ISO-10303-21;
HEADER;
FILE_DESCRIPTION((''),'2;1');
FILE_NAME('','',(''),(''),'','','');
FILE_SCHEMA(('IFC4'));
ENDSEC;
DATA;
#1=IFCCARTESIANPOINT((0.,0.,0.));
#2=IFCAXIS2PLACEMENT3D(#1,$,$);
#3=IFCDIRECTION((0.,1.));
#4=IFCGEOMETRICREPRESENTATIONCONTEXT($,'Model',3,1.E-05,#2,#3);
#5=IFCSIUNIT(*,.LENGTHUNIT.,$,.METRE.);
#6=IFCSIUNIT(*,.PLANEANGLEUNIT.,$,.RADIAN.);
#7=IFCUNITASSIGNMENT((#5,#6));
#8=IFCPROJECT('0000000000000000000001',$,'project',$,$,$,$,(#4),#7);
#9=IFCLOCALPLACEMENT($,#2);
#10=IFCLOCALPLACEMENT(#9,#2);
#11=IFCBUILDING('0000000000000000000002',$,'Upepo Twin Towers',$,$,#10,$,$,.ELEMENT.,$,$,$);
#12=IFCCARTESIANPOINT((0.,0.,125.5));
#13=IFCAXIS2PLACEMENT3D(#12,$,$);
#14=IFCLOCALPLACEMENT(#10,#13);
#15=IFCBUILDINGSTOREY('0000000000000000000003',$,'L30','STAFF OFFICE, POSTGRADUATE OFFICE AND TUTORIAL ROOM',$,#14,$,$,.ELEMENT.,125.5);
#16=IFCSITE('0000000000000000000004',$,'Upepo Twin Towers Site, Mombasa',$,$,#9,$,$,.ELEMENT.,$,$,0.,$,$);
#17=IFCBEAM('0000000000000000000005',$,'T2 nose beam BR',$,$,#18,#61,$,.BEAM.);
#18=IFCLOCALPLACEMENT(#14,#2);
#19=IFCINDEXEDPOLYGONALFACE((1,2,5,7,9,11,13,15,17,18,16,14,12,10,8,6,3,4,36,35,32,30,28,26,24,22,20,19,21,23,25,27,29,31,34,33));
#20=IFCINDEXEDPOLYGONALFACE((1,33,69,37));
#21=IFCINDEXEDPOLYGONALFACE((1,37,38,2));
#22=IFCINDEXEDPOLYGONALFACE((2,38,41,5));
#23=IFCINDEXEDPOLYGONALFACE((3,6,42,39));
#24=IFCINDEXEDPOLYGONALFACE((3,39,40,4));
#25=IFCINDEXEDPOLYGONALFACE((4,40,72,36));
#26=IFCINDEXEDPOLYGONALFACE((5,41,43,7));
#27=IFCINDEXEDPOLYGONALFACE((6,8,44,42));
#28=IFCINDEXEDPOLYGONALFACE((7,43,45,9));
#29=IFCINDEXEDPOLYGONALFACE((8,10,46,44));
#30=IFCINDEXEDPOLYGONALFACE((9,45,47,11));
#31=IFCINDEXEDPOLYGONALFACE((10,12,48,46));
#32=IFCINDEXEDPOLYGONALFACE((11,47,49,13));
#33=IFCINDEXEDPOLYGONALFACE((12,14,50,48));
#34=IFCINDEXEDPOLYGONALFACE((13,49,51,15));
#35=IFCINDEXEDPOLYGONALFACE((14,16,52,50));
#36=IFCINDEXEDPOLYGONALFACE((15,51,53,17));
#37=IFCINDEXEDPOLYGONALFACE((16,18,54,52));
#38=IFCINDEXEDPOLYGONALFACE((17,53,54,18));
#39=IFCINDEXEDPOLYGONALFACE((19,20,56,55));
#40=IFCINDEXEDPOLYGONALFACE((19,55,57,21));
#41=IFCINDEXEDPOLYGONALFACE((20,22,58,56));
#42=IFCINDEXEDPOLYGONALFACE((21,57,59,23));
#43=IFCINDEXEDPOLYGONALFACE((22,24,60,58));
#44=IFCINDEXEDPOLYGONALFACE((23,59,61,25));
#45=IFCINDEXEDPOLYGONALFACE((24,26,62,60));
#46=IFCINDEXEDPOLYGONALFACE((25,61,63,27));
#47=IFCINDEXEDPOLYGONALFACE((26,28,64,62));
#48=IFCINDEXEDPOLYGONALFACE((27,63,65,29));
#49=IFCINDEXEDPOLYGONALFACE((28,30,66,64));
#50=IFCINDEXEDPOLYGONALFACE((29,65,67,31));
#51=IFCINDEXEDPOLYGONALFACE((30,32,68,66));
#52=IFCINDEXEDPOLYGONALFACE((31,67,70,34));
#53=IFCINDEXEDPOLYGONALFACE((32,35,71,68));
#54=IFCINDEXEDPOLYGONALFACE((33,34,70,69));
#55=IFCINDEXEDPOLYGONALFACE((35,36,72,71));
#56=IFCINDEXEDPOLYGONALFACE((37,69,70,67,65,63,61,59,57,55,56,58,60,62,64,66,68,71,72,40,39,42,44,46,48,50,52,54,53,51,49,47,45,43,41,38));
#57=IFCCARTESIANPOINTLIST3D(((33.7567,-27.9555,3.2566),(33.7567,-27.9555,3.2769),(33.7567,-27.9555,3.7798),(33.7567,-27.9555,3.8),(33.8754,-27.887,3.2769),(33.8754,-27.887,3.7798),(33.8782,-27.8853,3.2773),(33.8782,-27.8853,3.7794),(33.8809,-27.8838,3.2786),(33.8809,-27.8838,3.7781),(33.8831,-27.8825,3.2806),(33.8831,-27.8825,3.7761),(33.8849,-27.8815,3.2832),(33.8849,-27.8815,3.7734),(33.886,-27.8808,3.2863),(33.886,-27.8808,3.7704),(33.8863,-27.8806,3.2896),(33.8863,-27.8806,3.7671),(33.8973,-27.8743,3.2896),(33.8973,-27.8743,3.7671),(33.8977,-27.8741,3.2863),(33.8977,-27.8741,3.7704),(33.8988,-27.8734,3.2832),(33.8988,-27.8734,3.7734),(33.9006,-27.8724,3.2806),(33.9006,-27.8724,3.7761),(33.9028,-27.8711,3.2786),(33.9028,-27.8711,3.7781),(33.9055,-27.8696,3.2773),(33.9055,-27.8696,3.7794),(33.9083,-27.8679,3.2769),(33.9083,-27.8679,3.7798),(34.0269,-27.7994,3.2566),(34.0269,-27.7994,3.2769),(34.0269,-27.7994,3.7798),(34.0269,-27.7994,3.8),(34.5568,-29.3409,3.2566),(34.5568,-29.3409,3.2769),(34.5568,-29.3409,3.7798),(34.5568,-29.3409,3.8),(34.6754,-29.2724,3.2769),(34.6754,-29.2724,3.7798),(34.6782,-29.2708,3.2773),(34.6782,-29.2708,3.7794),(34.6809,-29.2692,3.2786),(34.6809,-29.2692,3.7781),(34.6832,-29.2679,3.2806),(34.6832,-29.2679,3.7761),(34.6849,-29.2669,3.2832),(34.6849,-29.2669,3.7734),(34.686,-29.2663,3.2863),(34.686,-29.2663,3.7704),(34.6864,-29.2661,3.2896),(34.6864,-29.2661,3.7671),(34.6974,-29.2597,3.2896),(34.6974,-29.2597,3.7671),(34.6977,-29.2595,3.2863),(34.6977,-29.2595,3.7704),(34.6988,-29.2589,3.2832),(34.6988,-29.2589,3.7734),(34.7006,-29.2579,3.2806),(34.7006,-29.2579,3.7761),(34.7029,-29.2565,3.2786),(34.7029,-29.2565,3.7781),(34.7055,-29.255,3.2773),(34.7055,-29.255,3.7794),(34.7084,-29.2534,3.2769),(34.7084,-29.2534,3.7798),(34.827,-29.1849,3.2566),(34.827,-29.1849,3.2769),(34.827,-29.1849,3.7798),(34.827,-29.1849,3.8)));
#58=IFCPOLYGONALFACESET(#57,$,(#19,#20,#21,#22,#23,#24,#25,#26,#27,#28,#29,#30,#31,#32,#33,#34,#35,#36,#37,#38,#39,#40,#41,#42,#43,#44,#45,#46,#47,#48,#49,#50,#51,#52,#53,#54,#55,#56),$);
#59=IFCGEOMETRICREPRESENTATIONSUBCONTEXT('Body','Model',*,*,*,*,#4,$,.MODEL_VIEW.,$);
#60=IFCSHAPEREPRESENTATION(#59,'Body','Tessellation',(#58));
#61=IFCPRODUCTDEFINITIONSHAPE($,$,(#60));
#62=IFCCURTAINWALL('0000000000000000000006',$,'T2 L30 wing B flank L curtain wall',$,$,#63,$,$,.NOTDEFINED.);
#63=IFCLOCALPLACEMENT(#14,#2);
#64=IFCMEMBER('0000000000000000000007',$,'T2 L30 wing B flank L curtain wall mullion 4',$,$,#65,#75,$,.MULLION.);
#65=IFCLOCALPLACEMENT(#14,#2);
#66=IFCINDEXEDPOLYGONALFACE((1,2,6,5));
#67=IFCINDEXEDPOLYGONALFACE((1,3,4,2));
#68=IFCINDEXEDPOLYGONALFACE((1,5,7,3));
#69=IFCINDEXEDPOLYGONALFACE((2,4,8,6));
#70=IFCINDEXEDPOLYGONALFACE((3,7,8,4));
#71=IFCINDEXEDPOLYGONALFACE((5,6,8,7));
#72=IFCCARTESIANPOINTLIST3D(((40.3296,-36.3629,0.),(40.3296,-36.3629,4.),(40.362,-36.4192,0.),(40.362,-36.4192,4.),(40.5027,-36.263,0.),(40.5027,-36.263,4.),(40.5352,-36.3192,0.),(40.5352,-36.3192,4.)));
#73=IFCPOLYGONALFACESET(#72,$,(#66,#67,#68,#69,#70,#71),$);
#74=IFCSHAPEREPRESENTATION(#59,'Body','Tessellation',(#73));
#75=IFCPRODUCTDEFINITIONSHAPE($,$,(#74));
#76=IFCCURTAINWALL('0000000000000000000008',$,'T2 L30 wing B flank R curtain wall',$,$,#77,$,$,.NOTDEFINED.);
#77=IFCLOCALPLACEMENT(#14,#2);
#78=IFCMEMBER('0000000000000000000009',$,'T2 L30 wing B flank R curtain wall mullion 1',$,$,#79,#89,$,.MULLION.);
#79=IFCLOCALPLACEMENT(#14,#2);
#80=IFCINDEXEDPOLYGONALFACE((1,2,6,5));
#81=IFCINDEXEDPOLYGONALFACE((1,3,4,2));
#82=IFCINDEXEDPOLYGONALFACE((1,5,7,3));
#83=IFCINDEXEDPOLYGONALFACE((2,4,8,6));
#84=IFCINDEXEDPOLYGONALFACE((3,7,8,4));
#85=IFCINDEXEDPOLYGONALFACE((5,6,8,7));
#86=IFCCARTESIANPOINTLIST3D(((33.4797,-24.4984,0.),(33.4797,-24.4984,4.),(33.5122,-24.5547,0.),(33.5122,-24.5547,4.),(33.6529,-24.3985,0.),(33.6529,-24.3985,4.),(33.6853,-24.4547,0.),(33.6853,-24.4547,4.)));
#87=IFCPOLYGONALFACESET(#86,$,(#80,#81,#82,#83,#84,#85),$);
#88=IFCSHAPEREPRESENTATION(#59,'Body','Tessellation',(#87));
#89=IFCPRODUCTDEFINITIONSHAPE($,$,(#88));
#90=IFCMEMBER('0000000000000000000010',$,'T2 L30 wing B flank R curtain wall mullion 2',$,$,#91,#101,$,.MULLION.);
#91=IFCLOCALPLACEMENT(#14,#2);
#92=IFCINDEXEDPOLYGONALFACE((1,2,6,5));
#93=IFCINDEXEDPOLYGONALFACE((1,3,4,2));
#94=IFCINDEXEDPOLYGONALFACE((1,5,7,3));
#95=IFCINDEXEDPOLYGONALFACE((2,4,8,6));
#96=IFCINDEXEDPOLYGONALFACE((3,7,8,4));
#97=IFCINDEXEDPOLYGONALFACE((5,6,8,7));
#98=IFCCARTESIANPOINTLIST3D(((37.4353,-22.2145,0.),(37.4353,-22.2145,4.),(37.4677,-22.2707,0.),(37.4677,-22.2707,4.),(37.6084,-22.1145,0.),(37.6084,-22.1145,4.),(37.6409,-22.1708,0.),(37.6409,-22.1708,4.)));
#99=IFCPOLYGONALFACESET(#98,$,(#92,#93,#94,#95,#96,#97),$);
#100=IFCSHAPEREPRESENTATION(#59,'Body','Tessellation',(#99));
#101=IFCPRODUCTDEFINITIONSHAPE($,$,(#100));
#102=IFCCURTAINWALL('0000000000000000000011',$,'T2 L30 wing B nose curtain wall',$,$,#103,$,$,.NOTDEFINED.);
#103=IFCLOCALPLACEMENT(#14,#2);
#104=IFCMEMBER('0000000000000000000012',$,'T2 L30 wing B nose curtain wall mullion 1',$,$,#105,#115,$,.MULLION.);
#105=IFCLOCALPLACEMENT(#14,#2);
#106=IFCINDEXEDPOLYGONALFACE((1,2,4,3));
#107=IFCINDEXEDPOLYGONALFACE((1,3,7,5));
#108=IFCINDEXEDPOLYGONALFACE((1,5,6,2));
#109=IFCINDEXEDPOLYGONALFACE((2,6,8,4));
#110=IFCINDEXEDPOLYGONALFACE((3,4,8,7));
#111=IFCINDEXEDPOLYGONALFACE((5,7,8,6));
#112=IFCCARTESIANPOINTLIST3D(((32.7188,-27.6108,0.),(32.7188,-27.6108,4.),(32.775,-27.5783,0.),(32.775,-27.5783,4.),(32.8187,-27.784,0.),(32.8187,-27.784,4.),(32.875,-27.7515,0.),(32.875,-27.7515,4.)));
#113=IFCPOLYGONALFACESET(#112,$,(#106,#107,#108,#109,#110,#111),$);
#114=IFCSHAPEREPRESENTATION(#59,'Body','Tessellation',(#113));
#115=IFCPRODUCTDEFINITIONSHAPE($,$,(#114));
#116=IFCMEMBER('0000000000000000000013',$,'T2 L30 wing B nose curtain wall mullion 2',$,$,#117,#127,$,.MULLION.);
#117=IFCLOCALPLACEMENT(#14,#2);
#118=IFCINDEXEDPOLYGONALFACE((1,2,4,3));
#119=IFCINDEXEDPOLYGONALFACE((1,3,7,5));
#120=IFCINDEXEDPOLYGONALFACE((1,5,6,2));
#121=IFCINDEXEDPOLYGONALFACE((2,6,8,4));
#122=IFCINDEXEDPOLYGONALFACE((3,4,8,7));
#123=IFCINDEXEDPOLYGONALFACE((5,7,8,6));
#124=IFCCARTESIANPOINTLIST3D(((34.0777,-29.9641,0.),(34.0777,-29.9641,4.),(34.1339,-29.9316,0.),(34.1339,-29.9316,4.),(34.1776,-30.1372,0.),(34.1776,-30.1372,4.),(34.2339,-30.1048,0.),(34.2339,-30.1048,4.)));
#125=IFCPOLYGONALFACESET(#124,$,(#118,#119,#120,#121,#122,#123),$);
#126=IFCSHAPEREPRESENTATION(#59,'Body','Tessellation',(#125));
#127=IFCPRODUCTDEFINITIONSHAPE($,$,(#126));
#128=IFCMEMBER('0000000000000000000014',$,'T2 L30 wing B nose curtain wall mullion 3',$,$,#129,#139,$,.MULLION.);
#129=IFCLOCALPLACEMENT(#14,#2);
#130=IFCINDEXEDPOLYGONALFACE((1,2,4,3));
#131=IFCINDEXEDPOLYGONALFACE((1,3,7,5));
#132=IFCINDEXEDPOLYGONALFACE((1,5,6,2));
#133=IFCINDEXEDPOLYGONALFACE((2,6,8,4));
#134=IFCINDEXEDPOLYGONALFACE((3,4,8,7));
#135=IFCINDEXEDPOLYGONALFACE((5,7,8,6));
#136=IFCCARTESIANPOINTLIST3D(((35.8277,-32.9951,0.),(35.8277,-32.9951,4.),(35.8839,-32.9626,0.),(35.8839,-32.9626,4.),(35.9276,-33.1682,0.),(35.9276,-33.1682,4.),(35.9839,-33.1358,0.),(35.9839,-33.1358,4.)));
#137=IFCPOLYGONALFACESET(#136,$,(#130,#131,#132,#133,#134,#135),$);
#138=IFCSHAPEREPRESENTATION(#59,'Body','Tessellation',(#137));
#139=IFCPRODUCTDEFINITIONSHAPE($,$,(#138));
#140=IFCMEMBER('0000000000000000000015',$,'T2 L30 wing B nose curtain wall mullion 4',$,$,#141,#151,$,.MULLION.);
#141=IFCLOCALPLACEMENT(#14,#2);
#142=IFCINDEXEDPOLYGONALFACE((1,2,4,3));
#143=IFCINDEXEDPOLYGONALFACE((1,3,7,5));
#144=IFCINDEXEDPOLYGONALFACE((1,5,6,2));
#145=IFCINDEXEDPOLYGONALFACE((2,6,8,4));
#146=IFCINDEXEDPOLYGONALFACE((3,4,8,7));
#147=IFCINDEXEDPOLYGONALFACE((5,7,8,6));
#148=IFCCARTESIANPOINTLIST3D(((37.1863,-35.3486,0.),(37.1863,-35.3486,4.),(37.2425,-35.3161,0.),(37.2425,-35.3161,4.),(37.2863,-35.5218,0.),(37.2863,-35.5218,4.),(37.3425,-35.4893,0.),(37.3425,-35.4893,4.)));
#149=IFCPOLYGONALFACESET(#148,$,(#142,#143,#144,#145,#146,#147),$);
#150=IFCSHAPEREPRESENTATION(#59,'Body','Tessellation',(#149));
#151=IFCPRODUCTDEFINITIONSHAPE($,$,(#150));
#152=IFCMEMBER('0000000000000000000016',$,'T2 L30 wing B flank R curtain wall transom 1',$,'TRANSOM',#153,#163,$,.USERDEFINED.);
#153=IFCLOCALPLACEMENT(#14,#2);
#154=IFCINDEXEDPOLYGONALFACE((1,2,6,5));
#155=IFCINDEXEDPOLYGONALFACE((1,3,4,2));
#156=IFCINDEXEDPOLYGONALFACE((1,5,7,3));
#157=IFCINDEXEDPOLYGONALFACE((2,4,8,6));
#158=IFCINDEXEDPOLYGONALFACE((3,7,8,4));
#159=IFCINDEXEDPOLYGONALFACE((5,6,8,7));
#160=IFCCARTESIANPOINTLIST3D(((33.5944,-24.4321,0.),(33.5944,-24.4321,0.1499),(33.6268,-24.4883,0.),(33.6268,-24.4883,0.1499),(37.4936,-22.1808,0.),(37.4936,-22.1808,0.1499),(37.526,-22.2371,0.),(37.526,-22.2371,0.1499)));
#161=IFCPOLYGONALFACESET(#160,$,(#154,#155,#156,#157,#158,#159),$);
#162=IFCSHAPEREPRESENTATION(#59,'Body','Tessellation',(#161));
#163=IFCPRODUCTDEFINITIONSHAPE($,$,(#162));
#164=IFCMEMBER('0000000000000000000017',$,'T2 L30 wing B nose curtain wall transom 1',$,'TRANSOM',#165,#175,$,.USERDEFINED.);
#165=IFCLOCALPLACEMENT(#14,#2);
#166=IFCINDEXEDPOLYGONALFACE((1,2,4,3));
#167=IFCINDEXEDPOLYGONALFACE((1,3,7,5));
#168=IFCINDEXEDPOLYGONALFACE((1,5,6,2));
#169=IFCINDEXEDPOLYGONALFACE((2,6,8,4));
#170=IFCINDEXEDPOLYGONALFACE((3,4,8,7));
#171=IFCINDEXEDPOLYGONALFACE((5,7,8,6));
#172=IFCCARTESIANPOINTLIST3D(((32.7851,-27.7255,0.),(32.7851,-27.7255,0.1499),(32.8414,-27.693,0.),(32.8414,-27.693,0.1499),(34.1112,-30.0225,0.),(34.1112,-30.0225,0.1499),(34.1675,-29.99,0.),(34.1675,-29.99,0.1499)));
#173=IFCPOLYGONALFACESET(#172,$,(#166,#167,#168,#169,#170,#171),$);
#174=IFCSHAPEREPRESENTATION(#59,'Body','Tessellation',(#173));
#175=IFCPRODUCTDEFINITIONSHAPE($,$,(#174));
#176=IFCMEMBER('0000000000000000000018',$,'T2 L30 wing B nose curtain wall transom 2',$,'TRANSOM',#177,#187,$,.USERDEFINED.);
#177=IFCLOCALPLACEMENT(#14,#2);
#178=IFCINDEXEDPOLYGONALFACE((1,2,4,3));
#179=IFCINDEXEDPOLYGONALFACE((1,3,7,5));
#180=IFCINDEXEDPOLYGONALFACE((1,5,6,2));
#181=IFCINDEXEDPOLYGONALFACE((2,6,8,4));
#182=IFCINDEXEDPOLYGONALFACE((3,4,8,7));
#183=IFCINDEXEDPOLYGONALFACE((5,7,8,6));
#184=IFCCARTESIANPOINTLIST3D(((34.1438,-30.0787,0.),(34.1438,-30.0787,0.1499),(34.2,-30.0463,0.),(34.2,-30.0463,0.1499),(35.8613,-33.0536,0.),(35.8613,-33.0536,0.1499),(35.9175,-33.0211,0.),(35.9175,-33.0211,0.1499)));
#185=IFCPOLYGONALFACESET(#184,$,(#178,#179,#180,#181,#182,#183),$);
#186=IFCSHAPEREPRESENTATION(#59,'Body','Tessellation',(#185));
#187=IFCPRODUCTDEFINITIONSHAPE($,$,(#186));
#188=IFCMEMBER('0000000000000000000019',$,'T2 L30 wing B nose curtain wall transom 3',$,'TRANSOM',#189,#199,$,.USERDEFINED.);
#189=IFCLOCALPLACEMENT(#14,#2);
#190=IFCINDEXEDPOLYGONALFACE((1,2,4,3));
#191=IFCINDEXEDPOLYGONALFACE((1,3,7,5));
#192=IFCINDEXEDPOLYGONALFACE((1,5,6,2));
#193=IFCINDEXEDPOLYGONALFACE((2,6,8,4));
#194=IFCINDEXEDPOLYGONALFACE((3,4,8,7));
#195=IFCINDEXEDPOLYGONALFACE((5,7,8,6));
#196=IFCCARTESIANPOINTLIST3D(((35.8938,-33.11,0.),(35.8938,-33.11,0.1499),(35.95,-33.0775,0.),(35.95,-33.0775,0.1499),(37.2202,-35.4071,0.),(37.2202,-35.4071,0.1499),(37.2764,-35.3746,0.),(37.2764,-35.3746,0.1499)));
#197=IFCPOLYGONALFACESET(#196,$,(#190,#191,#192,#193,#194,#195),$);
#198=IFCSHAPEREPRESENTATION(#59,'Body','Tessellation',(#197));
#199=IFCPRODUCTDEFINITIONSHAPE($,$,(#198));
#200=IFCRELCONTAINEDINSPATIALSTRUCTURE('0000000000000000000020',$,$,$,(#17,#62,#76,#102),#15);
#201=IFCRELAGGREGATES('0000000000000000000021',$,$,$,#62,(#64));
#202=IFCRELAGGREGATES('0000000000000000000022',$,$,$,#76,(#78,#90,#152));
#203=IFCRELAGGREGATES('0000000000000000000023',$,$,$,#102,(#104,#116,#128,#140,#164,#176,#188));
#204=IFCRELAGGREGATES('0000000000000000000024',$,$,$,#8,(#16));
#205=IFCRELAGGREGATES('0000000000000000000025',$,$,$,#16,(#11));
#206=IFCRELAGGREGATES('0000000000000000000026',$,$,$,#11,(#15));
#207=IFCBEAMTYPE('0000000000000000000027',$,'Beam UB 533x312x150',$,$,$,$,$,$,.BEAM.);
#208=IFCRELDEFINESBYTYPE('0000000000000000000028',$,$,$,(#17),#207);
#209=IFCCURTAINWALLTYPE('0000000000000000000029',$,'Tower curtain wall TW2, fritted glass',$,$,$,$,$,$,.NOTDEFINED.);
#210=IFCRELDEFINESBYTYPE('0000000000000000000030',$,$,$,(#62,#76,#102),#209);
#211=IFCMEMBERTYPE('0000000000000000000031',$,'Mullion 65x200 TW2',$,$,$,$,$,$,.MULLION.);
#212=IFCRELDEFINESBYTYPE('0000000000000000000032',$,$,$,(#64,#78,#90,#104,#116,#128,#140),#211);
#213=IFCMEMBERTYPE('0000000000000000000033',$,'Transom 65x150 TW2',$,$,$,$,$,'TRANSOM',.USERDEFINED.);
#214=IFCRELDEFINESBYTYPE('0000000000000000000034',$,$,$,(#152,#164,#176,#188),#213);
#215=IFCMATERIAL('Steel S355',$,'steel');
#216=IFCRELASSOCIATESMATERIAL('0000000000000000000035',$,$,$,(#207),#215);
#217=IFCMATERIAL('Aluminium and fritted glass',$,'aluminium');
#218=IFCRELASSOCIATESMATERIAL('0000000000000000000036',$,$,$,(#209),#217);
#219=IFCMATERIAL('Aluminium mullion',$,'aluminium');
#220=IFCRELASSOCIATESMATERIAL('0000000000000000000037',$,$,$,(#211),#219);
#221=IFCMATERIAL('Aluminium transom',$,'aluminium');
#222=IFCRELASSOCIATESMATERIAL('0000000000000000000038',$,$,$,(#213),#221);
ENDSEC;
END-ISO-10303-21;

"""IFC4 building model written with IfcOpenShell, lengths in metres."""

from ifc_helpers import new_model, si_unit, direction, frame, origin, origin_2d, place, context, subcontext, project, spatial, rectangle, i_section, extrude, material, material_profile, profile_set, type_object, element, aggregate, save


model = new_model("IFC4")

# Units and contexts
model_context = context("Model", 3, precision=1e-05, world=origin(), true_north=direction((0.0, 1.0)))
body_context = subcontext(model_context, "Body", "Model", "MODEL_VIEW")
ifc_project = project(units=[si_unit("LENGTHUNIT", "METRE"), si_unit("PLANEANGLEUNIT", "RADIAN")], contexts=[model_context])

# Site, building, storey
site_placement = place(None, origin())
site = spatial("IfcSite", under=ifc_project, at=site_placement, Name="Upepo Twin Towers Site, Mombasa", CompositionType="ELEMENT", RefElevation=0.0)
building_placement = place(site_placement, origin())
building = spatial("IfcBuilding", under=site, at=building_placement, Name="Upepo Twin Towers", CompositionType="ELEMENT")
storey_placement = place(building_placement, frame((0.0, 0.0, 125.5)))
storey = spatial("IfcBuildingStorey", under=building, at=storey_placement, Name="L30", Description="STAFF OFFICE, POSTGRADUATE OFFICE AND TUTORIAL ROOM", CompositionType="ELEMENT", Elevation=125.5)

# Beam
ifc_material_1 = material(Name="Steel S355", Category="steel")
ifc_material_profile_1 = material_profile(ifc_material_1, i_section(OverallWidth=0.312, OverallDepth=0.5435, WebThickness=0.0127, FlangeThickness=0.0203, FilletRadius=0.0127, at=origin_2d()), Name="UB 533x312x150")
ifc_profile_set_1 = profile_set([ifc_material_profile_1], Name="Steel S355")
beam_type_1 = type_object("IfcBeamType", Name="Beam UB 533x312x150", PredefinedType="BEAM", material=ifc_profile_set_1)
for number, where, z_axis, x_axis, name in (
    (1, (33.8918, -27.8774, 3.5283), (0.500061, -0.86599, 0.0), (0.86599, 0.500061, 0.0), "T2 nose beam BR"),
):
    element("IfcBeam", number, at=place(storey_placement, frame(where, z_axis=z_axis, x_axis=x_axis)), inside=storey, type_object=beam_type_1, Name=name, PredefinedType="BEAM", context=body_context, shape_type="SweptSolid", body=[
        extrude(i_section(OverallWidth=0.312, OverallDepth=0.5435, WebThickness=0.0127, FlangeThickness=0.0203, FilletRadius=0.0127, at=origin_2d()), origin(), (0.0, 0.0, 1.0), 1.5999),
    ])

# Curtain wall, member
ifc_material_2 = material(Name="Aluminium and fritted glass", Category="aluminium")
curtain_wall_type = type_object("IfcCurtainWallType", Name="Tower curtain wall TW2, fritted glass", PredefinedType="NOTDEFINED", material=ifc_material_2)
curtain_wall_1_placement = place(storey_placement, origin())
curtain_wall_1 = element("IfcCurtainWall", 2, at=curtain_wall_1_placement, inside=storey, type_object=curtain_wall_type, Name="T2 L30 wing B flank L curtain wall", PredefinedType="NOTDEFINED")
ifc_material_3 = material(Name="Aluminium mullion", Category="aluminium")
ifc_material_profile_2 = material_profile(ifc_material_3, rectangle(XDim=0.0649, YDim=0.2, at=origin_2d()), Name="MULLION 65x200")
ifc_profile_set_2 = profile_set([ifc_material_profile_2], Name="Aluminium mullion")
member_type_1 = type_object("IfcMemberType", Name="Mullion 65x200 TW2", PredefinedType="MULLION", material=ifc_profile_set_2)
member_1_placement = place(storey_placement, frame((40.4324, -36.3411, 0.0), z_axis=(0.0, 0.0, 1.0), x_axis=(0.5, -0.866025, 0.0)))
member_1 = element("IfcMember", 3, at=member_1_placement, type_object=member_type_1, Name="T2 L30 wing B flank L curtain wall mullion 4", PredefinedType="MULLION", context=body_context, shape_type="SweptSolid", body=[
    extrude(rectangle(XDim=0.0649, YDim=0.2, at=origin_2d()), origin(), (0.0, 0.0, 1.0), 4.0),
])
aggregate(curtain_wall_1, [member_1])

# Curtain walls, members
curtain_wall_2_placement = place(storey_placement, origin())
curtain_wall_2 = element("IfcCurtainWall", 4, at=curtain_wall_2_placement, inside=storey, type_object=curtain_wall_type, Name="T2 L30 wing B flank R curtain wall", PredefinedType="NOTDEFINED")
member_2_placement = place(storey_placement, frame((33.5825, -24.4766, 0.0), z_axis=(0.0, 0.0, 1.0), x_axis=(-0.5, 0.866025, 0.0)))
member_2 = element("IfcMember", 5, at=member_2_placement, type_object=member_type_1, Name="T2 L30 wing B flank R curtain wall mullion 1", PredefinedType="MULLION", context=body_context, shape_type="SweptSolid", body=[
    extrude(rectangle(XDim=0.0649, YDim=0.2, at=origin_2d()), origin(), (0.0, 0.0, 1.0), 4.0),
])
member_3_placement = place(storey_placement, frame((37.5381, -22.1926, 0.0), z_axis=(0.0, 0.0, 1.0), x_axis=(-0.5, 0.866025, 0.0)))
member_3 = element("IfcMember", 6, at=member_3_placement, type_object=member_type_1, Name="T2 L30 wing B flank R curtain wall mullion 2", PredefinedType="MULLION", context=body_context, shape_type="SweptSolid", body=[
    extrude(rectangle(XDim=0.0649, YDim=0.2, at=origin_2d()), origin(), (0.0, 0.0, 1.0), 4.0),
])
curtain_wall_3_placement = place(storey_placement, origin())
curtain_wall_3 = element("IfcCurtainWall", 7, at=curtain_wall_3_placement, inside=storey, type_object=curtain_wall_type, Name="T2 L30 wing B nose curtain wall", PredefinedType="NOTDEFINED")
member_4_placement = place(storey_placement, frame((32.7969, -27.6812, 0.0), z_axis=(0.0, 0.0, 1.0), x_axis=(0.866025, 0.5, 0.0)))
member_4 = element("IfcMember", 8, at=member_4_placement, type_object=member_type_1, Name="T2 L30 wing B nose curtain wall mullion 1", PredefinedType="MULLION", context=body_context, shape_type="SweptSolid", body=[
    extrude(rectangle(XDim=0.0649, YDim=0.2, at=origin_2d()), origin(), (0.0, 0.0, 1.0), 4.0),
])
member_5_placement = place(storey_placement, frame((34.1558, -30.0344, 0.0), z_axis=(0.0, 0.0, 1.0), x_axis=(0.866025, 0.5, 0.0)))
member_5 = element("IfcMember", 9, at=member_5_placement, type_object=member_type_1, Name="T2 L30 wing B nose curtain wall mullion 2", PredefinedType="MULLION", context=body_context, shape_type="SweptSolid", body=[
    extrude(rectangle(XDim=0.0649, YDim=0.2, at=origin_2d()), origin(), (0.0, 0.0, 1.0), 4.0),
])
member_6_placement = place(storey_placement, frame((35.9058, -33.0654, 0.0), z_axis=(0.0, 0.0, 1.0), x_axis=(0.866025, 0.5, 0.0)))
member_6 = element("IfcMember", 10, at=member_6_placement, type_object=member_type_1, Name="T2 L30 wing B nose curtain wall mullion 3", PredefinedType="MULLION", context=body_context, shape_type="SweptSolid", body=[
    extrude(rectangle(XDim=0.0649, YDim=0.2, at=origin_2d()), origin(), (0.0, 0.0, 1.0), 4.0),
])
member_7_placement = place(storey_placement, frame((37.2644, -35.4189, 0.0), z_axis=(0.0, 0.0, 1.0), x_axis=(0.866025, 0.5, 0.0)))
member_7 = element("IfcMember", 11, at=member_7_placement, type_object=member_type_1, Name="T2 L30 wing B nose curtain wall mullion 4", PredefinedType="MULLION", context=body_context, shape_type="SweptSolid", body=[
    extrude(rectangle(XDim=0.0649, YDim=0.2, at=origin_2d()), origin(), (0.0, 0.0, 1.0), 4.0),
])

# Members
ifc_material_4 = material(Name="Aluminium transom", Category="aluminium")
ifc_material_profile_3 = material_profile(ifc_material_4, rectangle(XDim=0.0649, YDim=0.1499, at=origin_2d()), Name="TRANSOM 65x150")
ifc_profile_set_3 = profile_set([ifc_material_profile_3], Name="Aluminium transom")
member_type_2 = type_object("IfcMemberType", Name="Transom 65x150 TW2", ElementType="TRANSOM", PredefinedType="USERDEFINED", material=ifc_profile_set_3)
member_8_placement = place(storey_placement, frame((33.6106, -24.4602, 0.075), z_axis=(0.866022, 0.500006, 0.0), x_axis=(-0.500006, 0.866022, 0.0)))
member_8 = element("IfcMember", 12, at=member_8_placement, type_object=member_type_2, Name="T2 L30 wing B flank R curtain wall transom 1", ObjectType="TRANSOM", PredefinedType="USERDEFINED", context=body_context, shape_type="SweptSolid", body=[
    extrude(rectangle(XDim=0.0649, YDim=0.1499, at=origin_2d()), origin(), (0.0, 0.0, 1.0), 4.5024),
])
member_9_placement = place(storey_placement, frame((32.8132, -27.7092, 0.075), z_axis=(0.49998, -0.866037, 0.0), x_axis=(0.866037, 0.49998, 0.0)))
member_9 = element("IfcMember", 13, at=member_9_placement, type_object=member_type_2, Name="T2 L30 wing B nose curtain wall transom 1", ObjectType="TRANSOM", PredefinedType="USERDEFINED", context=body_context, shape_type="SweptSolid", body=[
    extrude(rectangle(XDim=0.0649, YDim=0.1499, at=origin_2d()), origin(), (0.0, 0.0, 1.0), 2.6523),
])
member_10_placement = place(storey_placement, frame((34.1719, -30.0625, 0.075), z_axis=(0.499999, -0.866026, 0.0), x_axis=(0.866026, 0.499999, 0.0)))
member_10 = element("IfcMember", 14, at=member_10_placement, type_object=member_type_2, Name="T2 L30 wing B nose curtain wall transom 2", ObjectType="TRANSOM", PredefinedType="USERDEFINED", context=body_context, shape_type="SweptSolid", body=[
    extrude(rectangle(XDim=0.0649, YDim=0.1499, at=origin_2d()), origin(), (0.0, 0.0, 1.0), 3.4351),
])
member_11_placement = place(storey_placement, frame((35.9219, -33.0938, 0.075), z_axis=(0.500049, -0.865997, 0.0), x_axis=(0.865997, 0.500049, 0.0)))
member_11 = element("IfcMember", 15, at=member_11_placement, type_object=member_type_2, Name="T2 L30 wing B nose curtain wall transom 3", ObjectType="TRANSOM", PredefinedType="USERDEFINED", context=body_context, shape_type="SweptSolid", body=[
    extrude(rectangle(XDim=0.0649, YDim=0.1499, at=origin_2d()), origin(), (0.0, 0.0, 1.0), 2.6526),
])

aggregate(curtain_wall_2, [member_2, member_3, member_8])
aggregate(curtain_wall_3, [member_4, member_5, member_6, member_7, member_9, member_10, member_11])

save(model, "model.ifc")
